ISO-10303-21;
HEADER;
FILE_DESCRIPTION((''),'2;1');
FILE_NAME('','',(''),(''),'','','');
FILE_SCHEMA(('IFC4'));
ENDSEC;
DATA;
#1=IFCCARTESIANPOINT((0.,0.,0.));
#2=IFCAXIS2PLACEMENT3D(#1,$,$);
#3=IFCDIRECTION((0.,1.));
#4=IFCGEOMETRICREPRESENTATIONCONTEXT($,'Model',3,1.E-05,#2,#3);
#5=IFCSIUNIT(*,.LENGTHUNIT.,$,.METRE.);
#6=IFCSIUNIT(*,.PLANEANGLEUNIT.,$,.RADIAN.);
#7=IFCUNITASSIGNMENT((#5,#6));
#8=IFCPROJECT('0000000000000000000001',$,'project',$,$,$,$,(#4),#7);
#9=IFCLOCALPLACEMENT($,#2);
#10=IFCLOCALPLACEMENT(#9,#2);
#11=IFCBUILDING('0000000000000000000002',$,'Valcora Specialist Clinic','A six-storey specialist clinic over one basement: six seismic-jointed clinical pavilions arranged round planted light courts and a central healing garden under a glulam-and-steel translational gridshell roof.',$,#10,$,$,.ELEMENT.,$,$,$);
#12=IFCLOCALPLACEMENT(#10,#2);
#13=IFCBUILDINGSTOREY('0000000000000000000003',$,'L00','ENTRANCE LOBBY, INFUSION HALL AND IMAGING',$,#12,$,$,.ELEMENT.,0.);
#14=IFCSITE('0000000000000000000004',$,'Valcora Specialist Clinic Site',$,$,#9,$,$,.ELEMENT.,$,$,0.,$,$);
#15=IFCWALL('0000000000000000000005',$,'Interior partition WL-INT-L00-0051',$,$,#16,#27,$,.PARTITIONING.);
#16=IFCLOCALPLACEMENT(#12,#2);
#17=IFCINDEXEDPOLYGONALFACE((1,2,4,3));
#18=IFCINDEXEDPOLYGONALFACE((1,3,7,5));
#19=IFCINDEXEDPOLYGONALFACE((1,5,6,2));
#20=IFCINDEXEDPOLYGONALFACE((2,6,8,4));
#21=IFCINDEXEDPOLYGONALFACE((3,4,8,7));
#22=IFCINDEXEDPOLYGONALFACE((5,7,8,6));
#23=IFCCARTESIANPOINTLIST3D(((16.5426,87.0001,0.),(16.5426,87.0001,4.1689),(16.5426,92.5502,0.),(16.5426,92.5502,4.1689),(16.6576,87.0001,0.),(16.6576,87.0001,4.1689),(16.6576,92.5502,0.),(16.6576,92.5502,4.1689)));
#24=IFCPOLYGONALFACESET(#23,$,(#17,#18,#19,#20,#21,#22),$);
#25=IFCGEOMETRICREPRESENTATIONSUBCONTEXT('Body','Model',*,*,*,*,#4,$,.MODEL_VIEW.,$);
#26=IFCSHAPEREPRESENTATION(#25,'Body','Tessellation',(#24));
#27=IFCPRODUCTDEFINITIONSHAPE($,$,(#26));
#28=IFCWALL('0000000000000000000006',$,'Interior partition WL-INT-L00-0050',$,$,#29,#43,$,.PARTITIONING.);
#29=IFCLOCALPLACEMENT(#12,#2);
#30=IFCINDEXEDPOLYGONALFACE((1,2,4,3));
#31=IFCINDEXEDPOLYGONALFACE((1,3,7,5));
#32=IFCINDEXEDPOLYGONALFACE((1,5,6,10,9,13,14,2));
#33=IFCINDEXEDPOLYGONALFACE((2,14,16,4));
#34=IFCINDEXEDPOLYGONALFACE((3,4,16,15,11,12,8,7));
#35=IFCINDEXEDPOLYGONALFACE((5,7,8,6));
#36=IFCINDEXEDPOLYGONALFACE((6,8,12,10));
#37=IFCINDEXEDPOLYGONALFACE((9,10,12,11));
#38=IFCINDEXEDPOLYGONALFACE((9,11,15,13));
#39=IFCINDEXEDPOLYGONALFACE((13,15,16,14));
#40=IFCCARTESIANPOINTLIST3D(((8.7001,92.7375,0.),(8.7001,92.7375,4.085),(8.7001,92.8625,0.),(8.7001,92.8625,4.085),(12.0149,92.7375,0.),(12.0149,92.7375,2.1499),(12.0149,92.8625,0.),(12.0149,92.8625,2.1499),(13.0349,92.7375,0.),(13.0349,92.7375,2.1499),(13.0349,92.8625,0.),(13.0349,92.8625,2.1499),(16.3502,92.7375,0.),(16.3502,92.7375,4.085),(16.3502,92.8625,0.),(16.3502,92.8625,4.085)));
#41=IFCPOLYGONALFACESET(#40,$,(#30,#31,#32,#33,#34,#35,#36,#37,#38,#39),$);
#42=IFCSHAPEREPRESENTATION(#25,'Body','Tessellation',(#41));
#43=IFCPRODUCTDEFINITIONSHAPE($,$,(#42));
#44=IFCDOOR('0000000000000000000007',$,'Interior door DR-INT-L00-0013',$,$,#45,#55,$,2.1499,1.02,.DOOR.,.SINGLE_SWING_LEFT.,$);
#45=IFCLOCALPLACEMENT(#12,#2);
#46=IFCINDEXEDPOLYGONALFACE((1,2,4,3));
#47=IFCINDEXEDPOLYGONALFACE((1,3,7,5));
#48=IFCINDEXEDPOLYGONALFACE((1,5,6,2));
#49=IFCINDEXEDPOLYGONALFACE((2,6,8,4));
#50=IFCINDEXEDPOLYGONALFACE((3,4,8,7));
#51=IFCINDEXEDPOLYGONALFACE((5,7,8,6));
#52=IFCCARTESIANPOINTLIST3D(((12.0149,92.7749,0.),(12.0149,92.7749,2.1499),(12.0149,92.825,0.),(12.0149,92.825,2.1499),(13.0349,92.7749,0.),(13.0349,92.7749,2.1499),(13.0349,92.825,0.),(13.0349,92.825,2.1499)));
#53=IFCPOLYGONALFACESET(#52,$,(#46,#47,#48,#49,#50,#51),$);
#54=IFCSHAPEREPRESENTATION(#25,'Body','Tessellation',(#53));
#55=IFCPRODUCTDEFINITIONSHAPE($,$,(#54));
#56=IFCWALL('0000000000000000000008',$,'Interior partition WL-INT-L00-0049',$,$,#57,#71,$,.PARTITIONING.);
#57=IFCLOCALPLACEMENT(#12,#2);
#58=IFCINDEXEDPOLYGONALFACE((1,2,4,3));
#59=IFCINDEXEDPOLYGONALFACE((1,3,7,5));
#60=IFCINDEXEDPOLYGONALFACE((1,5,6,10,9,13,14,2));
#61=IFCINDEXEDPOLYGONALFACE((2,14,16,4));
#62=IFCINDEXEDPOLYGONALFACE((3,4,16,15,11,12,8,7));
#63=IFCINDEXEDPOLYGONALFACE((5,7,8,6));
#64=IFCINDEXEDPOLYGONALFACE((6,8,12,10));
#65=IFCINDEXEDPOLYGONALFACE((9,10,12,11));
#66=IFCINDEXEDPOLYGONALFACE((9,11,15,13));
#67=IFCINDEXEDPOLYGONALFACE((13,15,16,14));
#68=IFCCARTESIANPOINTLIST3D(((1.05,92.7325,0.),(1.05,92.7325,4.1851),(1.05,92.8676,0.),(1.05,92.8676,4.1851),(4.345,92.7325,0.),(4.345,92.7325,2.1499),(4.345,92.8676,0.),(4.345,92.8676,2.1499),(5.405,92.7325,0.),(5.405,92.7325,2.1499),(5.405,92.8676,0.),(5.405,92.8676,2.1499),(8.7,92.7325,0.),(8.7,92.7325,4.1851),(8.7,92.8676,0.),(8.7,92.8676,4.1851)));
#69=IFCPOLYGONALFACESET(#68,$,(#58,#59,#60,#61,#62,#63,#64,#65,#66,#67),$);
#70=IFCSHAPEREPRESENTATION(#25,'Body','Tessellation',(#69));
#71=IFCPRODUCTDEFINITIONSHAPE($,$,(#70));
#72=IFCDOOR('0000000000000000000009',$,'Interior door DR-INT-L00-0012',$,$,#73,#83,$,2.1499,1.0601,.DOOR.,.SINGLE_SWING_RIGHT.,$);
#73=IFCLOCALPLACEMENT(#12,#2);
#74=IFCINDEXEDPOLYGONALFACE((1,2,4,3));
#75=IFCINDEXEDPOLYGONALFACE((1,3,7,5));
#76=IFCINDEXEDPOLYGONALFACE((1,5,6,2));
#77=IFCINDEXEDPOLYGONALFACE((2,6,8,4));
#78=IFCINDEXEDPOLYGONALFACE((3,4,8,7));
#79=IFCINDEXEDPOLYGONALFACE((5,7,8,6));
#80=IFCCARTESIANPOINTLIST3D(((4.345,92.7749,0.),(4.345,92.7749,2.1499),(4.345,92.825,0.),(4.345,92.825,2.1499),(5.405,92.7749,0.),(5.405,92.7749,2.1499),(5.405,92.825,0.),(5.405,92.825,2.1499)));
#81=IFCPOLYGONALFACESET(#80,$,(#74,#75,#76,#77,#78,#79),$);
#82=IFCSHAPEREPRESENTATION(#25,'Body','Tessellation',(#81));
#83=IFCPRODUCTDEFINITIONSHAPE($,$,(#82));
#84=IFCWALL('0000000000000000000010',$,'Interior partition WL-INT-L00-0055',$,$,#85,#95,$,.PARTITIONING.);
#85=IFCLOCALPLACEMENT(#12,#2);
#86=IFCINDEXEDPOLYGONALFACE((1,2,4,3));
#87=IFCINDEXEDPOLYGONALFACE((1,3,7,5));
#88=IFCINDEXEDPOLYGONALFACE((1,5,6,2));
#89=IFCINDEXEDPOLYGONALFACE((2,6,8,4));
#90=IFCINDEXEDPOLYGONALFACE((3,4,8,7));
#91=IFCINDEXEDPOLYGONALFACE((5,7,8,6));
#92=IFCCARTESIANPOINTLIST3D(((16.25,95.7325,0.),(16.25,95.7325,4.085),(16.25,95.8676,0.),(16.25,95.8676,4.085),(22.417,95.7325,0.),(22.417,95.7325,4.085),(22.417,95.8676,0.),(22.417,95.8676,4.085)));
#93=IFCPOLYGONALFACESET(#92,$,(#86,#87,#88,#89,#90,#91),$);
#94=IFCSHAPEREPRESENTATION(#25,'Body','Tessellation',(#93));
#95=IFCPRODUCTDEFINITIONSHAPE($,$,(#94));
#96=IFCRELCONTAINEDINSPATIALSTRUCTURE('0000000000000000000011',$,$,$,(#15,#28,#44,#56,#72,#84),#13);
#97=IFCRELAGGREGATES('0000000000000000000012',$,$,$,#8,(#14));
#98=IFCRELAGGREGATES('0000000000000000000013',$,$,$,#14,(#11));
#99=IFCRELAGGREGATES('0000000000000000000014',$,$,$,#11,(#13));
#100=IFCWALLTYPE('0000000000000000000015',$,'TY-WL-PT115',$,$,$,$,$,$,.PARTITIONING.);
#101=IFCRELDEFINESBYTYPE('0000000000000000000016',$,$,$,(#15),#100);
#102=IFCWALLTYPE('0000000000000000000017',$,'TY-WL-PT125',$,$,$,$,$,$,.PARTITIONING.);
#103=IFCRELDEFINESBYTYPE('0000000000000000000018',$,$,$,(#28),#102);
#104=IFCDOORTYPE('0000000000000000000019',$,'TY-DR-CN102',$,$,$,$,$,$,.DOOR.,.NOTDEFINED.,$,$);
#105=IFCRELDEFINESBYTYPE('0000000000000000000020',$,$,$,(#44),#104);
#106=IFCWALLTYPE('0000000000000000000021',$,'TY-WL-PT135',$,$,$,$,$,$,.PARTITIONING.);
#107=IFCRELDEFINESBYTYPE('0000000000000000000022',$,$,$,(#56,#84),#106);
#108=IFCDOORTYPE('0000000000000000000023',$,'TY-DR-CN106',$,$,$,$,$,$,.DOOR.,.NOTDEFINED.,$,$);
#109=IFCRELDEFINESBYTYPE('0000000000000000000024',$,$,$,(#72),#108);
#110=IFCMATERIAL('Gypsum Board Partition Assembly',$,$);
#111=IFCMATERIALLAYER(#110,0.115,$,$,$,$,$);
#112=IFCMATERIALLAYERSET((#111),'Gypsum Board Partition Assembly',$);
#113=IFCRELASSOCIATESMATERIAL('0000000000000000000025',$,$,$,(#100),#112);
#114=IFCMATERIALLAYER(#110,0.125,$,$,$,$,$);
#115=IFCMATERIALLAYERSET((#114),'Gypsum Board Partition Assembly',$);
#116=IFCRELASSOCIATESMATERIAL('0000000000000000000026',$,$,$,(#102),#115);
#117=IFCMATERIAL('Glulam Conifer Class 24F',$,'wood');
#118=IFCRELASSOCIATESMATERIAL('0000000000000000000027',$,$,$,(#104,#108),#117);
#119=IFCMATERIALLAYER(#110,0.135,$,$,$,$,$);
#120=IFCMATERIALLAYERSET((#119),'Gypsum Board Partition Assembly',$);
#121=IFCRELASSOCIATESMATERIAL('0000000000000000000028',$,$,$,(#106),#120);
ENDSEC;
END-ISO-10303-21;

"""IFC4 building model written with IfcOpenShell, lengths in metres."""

from ifc_helpers import new_model, si_unit, direction, frame, frame_2d, origin, place, context, subcontext, project, spatial, rectangle, extrude, material, layer, layer_set, type_object, element, fill, save


model = new_model("IFC4")

# Units and contexts
model_context = context("Model", 3, precision=1e-05, world=origin(), true_north=direction((0.0, 1.0)))
body_context = subcontext(model_context, "Body", "Model", "MODEL_VIEW")
ifc_project = project(units=[si_unit("LENGTHUNIT", "METRE"), si_unit("PLANEANGLEUNIT", "RADIAN")], contexts=[model_context])

# Site, building, storey
site_placement = place(None, origin())
site = spatial("IfcSite", under=ifc_project, at=site_placement, Name="Valcora Specialist Clinic Site", CompositionType="ELEMENT", RefElevation=0.0)
building_placement = place(site_placement, origin())
building = spatial("IfcBuilding", under=site, at=building_placement, Name="Valcora Specialist Clinic", Description="A six-storey specialist clinic over one basement: six seismic-jointed clinical pavilions arranged round planted light courts and a central healing garden under a glulam-and-steel translational gridshell roof.", CompositionType="ELEMENT")
storey_placement = place(building_placement, origin())
storey = spatial("IfcBuildingStorey", under=building, at=storey_placement, Name="L00", Description="ENTRANCE LOBBY, INFUSION HALL AND IMAGING", CompositionType="ELEMENT", Elevation=0.0)

# Wall
ifc_material_1 = material(Name="Gypsum Board Partition Assembly")
ifc_layer_1 = layer(ifc_material_1, 0.115)
ifc_layer_set_1 = layer_set([ifc_layer_1], Name="Gypsum Board Partition Assembly")
wall_type_1 = type_object("IfcWallType", Name="TY-WL-PT115", PredefinedType="PARTITIONING", material=ifc_layer_set_1)
wall_1_placement = place(storey_placement, frame((16.6001, 92.55, 0.0), z_axis=(0.0, 0.0, 1.0), x_axis=(0.0, -1.0, 0.0)))
element("IfcWall", 1, at=wall_1_placement, inside=storey, type_object=wall_type_1, Name="Interior partition WL-INT-L00-0051", PredefinedType="PARTITIONING", context=body_context, shape_type="SweptSolid", body=[
    extrude(rectangle(XDim=5.55, YDim=0.115, at=frame_2d((2.7749, 0.0))), origin(), (0.0, 0.0, 1.0), 4.1689),
])

# Walls, openings, doors
ifc_layer_2 = layer(ifc_material_1, 0.125)
ifc_layer_set_2 = layer_set([ifc_layer_2], Name="Gypsum Board Partition Assembly")
wall_type_2 = type_object("IfcWallType", Name="TY-WL-PT125", PredefinedType="PARTITIONING", material=ifc_layer_set_2)
wall_2_placement = place(storey_placement, frame((8.7, 92.8, 0.0), z_axis=(0.0, 0.0, 1.0), x_axis=(1.0, 0.0, 0.0)))
wall_2 = element("IfcWall", 2, at=wall_2_placement, inside=storey, type_object=wall_type_2, Name="Interior partition WL-INT-L00-0050", PredefinedType="PARTITIONING", context=body_context, shape_type="SweptSolid", body=[
    extrude(rectangle(XDim=7.6501, YDim=0.125, at=frame_2d((3.8252, 0.0))), origin(), (0.0, 0.0, 1.0), 4.085),
])
opening_1_placement = place(wall_2_placement, frame((3.3149, 0.0, 0.0)))
opening_1 = element("IfcOpeningElement", 3, at=opening_1_placement, cuts=wall_2, PredefinedType="OPENING", context=body_context, shape_type="SweptSolid", body=[
    extrude(rectangle(XDim=1.02, YDim=2.1499, at=frame_2d((0.51, 1.075))), frame((0.0, 0.0725, 0.0), z_axis=(0.0, -1.0, 0.0), x_axis=(1.0, 0.0, 0.0)), (0.0, 0.0, 1.0), 0.145),
])
ifc_material_2 = material(Name="Glulam Conifer Class 24F", Category="wood")
door_type_1 = type_object("IfcDoorType", Name="TY-DR-CN102", OperationType="NOTDEFINED", PredefinedType="DOOR", material=ifc_material_2)
door_1_placement = place(opening_1_placement, origin())
door_1 = element("IfcDoor", 4, at=door_1_placement, inside=storey, type_object=door_type_1, Name="Interior door DR-INT-L00-0013", OperationType="SINGLE_SWING_LEFT", OverallHeight=2.1499, OverallWidth=1.02, PredefinedType="DOOR", context=body_context, shape_type="SweptSolid", body=[
    extrude(rectangle(XDim=1.02, YDim=2.1499, at=frame_2d((0.51, 1.075))), frame((0.0, 0.0249, 0.0), z_axis=(0.0, -1.0, 0.0), x_axis=(1.0, 0.0, 0.0)), (0.0, 0.0, 1.0), 0.05),
])
fill(opening_1, door_1)
ifc_layer_3 = layer(ifc_material_1, 0.135)
ifc_layer_set_3 = layer_set([ifc_layer_3], Name="Gypsum Board Partition Assembly")
wall_type_3 = type_object("IfcWallType", Name="TY-WL-PT135", PredefinedType="PARTITIONING", material=ifc_layer_set_3)
wall_3_placement = place(storey_placement, frame((1.05, 92.8, 0.0), z_axis=(0.0, 0.0, 1.0), x_axis=(1.0, 0.0, 0.0)))
wall_3 = element("IfcWall", 5, at=wall_3_placement, inside=storey, type_object=wall_type_3, Name="Interior partition WL-INT-L00-0049", PredefinedType="PARTITIONING", context=body_context, shape_type="SweptSolid", body=[
    extrude(rectangle(XDim=7.6499, YDim=0.135, at=frame_2d((3.825, 0.0))), origin(), (0.0, 0.0, 1.0), 4.1851),
])
opening_2_placement = place(wall_3_placement, frame((3.2949, 0.0, 0.0)))
opening_2 = element("IfcOpeningElement", 6, at=opening_2_placement, cuts=wall_3, PredefinedType="OPENING", context=body_context, shape_type="SweptSolid", body=[
    extrude(rectangle(XDim=1.0601, YDim=2.1499, at=frame_2d((0.53, 1.075))), frame((0.0, 0.0774, 0.0), z_axis=(0.0, -1.0, 0.0), x_axis=(1.0, 0.0, 0.0)), (0.0, 0.0, 1.0), 0.155),
])
door_type_2 = type_object("IfcDoorType", Name="TY-DR-CN106", OperationType="NOTDEFINED", PredefinedType="DOOR", material=ifc_material_2)
door_2_placement = place(opening_2_placement, origin())
door_2 = element("IfcDoor", 7, at=door_2_placement, inside=storey, type_object=door_type_2, Name="Interior door DR-INT-L00-0012", OperationType="SINGLE_SWING_RIGHT", OverallHeight=2.1499, OverallWidth=1.0601, PredefinedType="DOOR", context=body_context, shape_type="SweptSolid", body=[
    extrude(rectangle(XDim=1.0601, YDim=2.1499, at=frame_2d((0.53, 1.075))), frame((0.0, 0.0249, 0.0), z_axis=(0.0, -1.0, 0.0), x_axis=(1.0, 0.0, 0.0)), (0.0, 0.0, 1.0), 0.05),
])
fill(opening_2, door_2)

# Wall
wall_4_placement = place(storey_placement, frame((22.417, 95.8, 0.0), z_axis=(0.0, 0.0, 1.0), x_axis=(-1.0, 0.0, 0.0)))
element("IfcWall", 8, at=wall_4_placement, inside=storey, type_object=wall_type_3, Name="Interior partition WL-INT-L00-0055", PredefinedType="PARTITIONING", context=body_context, shape_type="SweptSolid", body=[
    extrude(rectangle(XDim=6.167, YDim=0.135, at=frame_2d((3.0835, 0.0))), origin(), (0.0, 0.0, 1.0), 4.085),
])

save(model, "model.ifc")
